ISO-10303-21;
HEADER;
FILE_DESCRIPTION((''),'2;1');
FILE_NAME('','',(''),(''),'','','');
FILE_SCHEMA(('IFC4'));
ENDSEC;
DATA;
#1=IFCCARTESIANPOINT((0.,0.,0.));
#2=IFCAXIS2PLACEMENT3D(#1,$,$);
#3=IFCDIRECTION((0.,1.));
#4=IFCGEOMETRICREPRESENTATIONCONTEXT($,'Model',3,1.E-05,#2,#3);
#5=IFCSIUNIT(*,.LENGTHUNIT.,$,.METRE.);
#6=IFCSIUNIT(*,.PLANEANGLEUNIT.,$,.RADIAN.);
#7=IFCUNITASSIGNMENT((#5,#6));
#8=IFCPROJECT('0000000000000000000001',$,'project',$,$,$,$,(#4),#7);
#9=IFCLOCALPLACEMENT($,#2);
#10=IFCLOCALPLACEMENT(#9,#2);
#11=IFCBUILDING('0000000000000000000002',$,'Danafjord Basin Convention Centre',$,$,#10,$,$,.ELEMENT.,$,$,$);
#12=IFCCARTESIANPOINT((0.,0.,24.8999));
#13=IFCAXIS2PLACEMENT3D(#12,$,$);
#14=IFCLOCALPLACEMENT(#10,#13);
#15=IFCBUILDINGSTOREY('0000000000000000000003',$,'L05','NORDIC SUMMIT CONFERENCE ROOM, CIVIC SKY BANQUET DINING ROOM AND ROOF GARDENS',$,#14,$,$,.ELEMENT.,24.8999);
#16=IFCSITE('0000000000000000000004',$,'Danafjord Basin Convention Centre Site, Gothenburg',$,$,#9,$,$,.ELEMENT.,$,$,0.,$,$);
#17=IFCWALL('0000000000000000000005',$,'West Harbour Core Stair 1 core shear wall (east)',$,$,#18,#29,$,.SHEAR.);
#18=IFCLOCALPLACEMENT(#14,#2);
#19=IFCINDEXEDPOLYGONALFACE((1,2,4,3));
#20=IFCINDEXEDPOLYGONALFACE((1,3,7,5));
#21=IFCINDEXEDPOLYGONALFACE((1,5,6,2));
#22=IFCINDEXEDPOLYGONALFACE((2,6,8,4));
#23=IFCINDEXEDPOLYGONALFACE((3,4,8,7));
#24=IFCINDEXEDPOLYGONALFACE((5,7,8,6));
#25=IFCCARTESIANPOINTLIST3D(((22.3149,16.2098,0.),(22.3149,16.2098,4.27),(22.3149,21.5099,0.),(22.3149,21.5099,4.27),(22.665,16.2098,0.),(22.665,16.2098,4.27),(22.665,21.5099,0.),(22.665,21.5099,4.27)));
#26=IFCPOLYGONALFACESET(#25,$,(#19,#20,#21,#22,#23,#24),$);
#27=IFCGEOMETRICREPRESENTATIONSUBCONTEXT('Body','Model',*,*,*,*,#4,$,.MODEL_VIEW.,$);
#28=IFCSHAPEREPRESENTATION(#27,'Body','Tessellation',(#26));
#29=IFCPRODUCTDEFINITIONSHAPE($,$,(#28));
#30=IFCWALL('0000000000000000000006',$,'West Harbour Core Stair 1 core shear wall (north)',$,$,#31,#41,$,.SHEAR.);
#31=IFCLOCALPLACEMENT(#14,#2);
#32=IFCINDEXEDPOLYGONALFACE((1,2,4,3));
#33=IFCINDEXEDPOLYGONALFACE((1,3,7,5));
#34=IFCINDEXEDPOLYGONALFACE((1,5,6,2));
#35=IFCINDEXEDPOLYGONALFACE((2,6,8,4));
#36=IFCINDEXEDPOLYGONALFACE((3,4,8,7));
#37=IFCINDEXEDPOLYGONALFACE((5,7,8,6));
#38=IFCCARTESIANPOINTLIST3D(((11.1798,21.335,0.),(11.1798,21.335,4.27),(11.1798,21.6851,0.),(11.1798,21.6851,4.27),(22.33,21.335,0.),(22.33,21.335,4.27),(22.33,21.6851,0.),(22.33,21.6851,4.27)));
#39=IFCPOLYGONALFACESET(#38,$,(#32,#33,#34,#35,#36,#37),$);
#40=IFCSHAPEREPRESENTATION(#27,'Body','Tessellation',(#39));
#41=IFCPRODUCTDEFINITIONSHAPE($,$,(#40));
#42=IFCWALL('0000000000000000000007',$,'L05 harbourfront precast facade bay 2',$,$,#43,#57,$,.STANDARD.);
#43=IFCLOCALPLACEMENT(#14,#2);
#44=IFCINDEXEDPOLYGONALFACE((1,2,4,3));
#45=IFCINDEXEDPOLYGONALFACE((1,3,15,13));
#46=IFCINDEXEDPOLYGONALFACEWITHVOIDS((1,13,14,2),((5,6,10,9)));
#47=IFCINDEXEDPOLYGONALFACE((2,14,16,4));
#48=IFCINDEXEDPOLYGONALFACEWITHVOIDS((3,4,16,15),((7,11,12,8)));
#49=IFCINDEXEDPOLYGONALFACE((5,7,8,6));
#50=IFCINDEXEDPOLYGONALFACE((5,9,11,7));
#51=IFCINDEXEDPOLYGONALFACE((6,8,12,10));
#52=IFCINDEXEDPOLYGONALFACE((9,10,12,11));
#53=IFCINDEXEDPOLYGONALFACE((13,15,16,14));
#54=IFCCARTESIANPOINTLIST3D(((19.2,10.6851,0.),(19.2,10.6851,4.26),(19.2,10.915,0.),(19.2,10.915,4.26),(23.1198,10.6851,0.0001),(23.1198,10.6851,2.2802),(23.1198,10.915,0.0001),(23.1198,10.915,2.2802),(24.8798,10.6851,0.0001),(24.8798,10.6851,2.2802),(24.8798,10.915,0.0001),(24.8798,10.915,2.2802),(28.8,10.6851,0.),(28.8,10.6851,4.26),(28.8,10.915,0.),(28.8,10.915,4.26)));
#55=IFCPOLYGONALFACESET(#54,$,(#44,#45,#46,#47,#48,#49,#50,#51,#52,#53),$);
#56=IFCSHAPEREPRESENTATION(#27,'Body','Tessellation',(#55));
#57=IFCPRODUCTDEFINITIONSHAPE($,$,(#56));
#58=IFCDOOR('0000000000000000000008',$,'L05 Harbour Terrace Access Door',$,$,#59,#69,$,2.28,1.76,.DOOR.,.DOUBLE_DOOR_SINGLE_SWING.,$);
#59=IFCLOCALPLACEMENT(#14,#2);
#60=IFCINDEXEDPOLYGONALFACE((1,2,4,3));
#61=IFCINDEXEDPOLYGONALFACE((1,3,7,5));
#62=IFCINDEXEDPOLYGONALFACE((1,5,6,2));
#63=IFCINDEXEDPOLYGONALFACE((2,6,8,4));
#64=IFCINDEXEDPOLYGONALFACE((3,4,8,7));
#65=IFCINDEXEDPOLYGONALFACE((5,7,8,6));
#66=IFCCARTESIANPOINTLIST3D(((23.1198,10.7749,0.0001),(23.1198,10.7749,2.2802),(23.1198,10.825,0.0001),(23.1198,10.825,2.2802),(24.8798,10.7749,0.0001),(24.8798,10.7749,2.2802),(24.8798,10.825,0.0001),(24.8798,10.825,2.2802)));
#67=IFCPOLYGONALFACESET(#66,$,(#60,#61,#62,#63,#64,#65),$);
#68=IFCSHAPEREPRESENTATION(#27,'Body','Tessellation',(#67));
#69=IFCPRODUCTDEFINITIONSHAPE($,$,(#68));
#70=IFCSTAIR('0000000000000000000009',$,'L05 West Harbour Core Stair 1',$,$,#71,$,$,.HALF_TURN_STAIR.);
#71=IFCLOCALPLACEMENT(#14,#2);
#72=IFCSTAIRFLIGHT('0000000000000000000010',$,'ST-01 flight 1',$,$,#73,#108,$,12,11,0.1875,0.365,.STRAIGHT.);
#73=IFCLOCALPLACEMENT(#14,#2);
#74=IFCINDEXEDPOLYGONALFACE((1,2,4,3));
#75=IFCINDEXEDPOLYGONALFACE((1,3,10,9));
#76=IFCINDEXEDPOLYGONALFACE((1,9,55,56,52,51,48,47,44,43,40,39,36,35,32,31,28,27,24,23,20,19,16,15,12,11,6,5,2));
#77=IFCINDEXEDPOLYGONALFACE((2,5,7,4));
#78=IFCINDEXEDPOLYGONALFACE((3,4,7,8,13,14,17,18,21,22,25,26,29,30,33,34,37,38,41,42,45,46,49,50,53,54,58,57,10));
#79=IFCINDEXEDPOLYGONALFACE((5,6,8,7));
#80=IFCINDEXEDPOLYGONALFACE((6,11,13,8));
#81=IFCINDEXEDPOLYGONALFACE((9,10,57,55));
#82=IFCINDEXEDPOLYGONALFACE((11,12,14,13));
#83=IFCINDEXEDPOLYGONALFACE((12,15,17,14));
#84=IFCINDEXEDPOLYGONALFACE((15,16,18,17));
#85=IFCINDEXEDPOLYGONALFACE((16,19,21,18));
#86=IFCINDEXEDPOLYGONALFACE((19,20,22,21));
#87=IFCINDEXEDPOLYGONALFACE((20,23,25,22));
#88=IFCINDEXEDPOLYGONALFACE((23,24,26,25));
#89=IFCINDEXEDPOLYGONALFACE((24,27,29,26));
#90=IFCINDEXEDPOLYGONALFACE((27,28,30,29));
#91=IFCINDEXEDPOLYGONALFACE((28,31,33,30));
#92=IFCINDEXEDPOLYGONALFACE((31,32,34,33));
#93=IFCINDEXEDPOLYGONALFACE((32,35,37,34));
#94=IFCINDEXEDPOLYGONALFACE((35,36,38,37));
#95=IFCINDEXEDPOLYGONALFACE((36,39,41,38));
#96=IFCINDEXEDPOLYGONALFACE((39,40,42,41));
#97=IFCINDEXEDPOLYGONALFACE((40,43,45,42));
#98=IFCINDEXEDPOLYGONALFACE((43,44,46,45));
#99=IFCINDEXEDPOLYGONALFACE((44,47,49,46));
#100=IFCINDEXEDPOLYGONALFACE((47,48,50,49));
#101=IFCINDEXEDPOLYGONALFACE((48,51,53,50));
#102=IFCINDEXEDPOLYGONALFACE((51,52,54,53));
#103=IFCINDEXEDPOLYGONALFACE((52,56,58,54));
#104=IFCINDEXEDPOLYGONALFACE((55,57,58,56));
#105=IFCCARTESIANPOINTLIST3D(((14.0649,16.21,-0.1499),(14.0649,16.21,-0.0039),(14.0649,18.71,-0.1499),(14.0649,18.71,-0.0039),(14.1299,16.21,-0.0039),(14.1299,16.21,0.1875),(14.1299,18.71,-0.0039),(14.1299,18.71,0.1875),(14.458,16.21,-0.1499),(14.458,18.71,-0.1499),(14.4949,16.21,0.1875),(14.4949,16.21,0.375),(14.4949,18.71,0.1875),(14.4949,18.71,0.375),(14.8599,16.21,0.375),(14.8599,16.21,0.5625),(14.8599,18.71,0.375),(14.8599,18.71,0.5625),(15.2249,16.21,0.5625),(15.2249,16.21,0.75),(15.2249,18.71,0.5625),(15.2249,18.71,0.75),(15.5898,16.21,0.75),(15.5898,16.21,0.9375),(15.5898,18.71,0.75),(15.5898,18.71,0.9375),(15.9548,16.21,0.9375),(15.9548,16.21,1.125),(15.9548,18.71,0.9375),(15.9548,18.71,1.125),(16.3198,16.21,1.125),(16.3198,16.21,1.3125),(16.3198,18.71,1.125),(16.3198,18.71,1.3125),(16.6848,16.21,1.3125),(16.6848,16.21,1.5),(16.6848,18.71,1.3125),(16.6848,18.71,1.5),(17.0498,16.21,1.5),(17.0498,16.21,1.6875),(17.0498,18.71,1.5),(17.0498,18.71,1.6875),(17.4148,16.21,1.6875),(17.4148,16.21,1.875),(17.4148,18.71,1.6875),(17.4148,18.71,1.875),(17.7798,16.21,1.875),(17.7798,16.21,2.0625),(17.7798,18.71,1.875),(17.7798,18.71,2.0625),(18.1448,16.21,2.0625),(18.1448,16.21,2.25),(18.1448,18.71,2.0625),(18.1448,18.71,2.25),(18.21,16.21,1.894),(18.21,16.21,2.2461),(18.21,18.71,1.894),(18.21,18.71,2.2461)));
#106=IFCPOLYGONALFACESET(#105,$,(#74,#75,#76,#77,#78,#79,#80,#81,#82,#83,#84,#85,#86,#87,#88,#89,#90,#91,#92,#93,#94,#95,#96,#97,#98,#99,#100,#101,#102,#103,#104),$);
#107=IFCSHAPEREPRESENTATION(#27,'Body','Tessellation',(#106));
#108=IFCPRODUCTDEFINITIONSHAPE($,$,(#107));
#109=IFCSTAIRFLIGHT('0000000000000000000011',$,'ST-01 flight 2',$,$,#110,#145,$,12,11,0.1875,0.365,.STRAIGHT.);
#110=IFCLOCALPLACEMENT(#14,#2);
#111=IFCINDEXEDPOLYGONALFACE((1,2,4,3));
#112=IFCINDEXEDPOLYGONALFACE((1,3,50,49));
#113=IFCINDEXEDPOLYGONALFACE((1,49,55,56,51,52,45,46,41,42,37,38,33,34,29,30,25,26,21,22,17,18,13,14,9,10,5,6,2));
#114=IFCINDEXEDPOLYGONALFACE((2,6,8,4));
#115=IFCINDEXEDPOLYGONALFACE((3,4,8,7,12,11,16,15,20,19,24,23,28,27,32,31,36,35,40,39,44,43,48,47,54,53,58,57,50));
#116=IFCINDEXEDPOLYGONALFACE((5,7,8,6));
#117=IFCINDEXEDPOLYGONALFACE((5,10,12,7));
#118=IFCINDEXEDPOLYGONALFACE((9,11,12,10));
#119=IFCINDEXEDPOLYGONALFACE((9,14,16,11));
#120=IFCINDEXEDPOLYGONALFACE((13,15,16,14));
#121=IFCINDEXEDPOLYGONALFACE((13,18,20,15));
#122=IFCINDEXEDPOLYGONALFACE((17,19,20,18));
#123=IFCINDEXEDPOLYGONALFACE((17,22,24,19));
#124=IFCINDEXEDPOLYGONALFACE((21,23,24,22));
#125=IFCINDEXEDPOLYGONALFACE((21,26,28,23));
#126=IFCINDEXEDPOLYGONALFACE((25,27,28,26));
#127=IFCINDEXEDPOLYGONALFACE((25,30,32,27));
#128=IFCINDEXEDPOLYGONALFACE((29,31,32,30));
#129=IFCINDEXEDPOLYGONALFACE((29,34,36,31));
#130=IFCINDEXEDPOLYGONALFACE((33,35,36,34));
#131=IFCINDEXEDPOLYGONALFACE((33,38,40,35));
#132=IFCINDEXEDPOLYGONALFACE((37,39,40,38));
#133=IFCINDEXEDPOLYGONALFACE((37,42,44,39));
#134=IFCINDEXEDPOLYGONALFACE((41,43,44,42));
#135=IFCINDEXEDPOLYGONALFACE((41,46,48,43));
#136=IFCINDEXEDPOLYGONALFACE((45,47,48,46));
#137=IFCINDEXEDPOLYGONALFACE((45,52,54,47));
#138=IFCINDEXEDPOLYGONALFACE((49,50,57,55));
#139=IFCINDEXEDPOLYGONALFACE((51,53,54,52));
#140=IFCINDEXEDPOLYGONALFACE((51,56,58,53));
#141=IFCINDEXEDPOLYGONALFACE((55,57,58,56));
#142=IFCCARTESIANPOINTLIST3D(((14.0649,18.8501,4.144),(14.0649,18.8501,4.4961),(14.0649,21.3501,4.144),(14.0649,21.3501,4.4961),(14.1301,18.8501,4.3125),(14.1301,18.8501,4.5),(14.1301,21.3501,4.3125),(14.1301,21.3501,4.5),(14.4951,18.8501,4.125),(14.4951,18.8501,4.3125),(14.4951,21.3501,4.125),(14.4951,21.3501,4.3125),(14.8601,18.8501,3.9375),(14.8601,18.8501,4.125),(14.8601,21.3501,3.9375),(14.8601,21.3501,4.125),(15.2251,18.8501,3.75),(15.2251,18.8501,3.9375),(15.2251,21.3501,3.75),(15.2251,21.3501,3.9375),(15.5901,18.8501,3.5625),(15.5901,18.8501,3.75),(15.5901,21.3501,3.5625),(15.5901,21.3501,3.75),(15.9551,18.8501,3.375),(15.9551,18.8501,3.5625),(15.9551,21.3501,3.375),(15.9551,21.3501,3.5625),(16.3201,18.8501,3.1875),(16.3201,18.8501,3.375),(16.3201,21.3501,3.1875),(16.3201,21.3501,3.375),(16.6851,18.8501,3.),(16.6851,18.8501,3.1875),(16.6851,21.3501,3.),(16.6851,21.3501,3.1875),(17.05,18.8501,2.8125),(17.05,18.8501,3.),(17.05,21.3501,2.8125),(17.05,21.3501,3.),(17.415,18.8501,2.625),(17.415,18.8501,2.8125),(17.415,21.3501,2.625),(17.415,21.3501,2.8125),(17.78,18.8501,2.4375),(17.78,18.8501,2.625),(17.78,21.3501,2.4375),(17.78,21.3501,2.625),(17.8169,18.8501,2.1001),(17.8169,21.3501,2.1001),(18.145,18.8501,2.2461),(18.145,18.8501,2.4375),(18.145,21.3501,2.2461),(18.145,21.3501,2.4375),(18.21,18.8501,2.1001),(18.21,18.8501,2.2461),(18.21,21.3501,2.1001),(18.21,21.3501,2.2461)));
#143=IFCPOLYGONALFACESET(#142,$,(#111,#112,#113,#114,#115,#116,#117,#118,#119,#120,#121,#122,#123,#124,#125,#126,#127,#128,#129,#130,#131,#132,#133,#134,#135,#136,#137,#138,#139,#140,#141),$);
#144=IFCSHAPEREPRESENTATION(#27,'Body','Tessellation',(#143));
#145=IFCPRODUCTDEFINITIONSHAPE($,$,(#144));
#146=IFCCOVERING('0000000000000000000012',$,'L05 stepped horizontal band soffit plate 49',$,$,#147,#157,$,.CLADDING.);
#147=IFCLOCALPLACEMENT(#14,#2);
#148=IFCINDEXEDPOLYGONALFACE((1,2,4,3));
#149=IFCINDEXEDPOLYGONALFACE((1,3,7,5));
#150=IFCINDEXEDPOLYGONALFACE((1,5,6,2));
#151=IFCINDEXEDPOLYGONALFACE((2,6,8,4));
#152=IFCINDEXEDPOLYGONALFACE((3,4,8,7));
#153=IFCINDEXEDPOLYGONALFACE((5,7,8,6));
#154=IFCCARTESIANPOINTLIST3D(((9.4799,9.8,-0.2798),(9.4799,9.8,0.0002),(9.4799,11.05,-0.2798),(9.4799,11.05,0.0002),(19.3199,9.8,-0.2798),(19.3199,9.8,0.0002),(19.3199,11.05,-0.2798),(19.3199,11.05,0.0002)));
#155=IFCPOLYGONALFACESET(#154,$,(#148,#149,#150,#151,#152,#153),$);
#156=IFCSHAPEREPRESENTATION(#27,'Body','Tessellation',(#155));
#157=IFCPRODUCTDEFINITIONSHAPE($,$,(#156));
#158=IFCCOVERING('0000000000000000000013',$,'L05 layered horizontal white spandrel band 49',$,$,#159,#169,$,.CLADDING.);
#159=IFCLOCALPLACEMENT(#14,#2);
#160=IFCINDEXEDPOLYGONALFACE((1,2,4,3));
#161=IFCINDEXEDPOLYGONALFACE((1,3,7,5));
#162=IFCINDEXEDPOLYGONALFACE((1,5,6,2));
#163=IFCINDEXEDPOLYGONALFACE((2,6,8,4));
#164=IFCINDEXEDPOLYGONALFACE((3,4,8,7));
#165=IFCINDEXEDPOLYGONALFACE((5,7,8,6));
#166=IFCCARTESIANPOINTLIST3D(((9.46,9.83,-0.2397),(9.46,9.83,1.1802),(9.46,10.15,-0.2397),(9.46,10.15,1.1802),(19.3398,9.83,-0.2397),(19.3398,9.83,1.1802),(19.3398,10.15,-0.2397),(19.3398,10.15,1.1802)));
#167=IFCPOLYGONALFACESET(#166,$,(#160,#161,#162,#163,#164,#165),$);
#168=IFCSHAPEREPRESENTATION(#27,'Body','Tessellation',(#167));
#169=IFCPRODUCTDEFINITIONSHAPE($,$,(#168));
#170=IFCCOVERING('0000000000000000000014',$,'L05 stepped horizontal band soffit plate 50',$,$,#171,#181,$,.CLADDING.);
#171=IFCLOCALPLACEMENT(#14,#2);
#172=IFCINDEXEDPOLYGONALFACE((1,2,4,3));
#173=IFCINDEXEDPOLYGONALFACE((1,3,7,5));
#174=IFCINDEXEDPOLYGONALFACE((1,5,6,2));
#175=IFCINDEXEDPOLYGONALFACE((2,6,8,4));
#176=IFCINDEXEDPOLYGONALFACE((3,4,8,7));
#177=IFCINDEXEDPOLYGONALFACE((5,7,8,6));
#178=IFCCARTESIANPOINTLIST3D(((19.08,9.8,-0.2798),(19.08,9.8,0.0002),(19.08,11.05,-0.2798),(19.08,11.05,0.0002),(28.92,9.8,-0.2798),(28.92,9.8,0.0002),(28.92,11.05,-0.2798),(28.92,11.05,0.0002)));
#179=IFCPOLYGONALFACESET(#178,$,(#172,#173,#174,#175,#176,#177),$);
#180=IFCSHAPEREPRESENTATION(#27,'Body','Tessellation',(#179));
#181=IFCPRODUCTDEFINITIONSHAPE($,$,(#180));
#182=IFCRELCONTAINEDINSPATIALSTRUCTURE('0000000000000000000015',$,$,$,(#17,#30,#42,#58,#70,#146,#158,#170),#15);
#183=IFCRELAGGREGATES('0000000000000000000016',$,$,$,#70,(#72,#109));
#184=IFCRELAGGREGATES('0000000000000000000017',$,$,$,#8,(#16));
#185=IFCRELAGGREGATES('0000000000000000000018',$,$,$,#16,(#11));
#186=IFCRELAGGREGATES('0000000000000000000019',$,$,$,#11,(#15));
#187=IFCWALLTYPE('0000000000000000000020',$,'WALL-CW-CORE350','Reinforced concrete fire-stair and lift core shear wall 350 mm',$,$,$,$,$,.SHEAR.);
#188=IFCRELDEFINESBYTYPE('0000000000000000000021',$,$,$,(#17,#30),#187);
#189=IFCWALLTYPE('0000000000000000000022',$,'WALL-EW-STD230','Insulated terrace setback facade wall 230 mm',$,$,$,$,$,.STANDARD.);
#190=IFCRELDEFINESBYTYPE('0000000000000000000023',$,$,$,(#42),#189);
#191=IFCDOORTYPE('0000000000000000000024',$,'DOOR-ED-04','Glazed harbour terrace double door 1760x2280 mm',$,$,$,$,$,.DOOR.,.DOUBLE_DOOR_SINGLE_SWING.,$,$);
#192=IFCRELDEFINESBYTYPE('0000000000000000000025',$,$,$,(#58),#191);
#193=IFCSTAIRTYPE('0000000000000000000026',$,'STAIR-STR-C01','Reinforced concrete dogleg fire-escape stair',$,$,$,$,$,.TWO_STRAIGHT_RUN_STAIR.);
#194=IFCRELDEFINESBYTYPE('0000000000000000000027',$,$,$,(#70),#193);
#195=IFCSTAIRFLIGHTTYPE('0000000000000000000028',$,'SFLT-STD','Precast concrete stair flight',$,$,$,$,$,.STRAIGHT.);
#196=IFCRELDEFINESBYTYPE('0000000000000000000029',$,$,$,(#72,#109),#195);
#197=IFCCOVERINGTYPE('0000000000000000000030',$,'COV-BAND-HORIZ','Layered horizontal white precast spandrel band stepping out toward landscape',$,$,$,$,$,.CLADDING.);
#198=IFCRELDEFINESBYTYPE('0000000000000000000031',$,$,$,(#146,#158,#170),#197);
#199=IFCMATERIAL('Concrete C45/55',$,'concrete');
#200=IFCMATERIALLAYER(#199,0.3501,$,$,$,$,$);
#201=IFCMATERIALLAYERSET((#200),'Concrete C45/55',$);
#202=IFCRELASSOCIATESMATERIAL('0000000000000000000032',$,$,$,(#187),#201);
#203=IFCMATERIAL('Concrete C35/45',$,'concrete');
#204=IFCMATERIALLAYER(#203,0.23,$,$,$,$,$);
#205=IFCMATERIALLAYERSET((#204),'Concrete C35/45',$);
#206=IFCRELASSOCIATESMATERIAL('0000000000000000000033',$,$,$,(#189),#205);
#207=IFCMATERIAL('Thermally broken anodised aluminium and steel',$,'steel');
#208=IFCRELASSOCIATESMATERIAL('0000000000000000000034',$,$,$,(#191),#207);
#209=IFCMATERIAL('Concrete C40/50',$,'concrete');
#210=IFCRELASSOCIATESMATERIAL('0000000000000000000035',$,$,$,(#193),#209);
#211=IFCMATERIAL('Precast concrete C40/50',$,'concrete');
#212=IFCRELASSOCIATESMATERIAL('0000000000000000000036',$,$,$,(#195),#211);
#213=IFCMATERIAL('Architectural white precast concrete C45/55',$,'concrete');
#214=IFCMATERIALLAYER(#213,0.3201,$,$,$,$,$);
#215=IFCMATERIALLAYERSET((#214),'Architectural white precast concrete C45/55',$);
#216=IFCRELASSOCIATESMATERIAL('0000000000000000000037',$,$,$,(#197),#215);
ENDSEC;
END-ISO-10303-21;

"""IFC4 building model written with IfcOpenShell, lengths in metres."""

from ifc_helpers import new_model, si_unit, direction, frame, frame_2d, origin, origin_2d, place, context, subcontext, project, spatial, polyline, rectangle, outline, extrude, material, layer, layer_set, type_object, element, fill, aggregate, save


model = new_model("IFC4")

# Units and contexts
model_context = context("Model", 3, precision=1e-05, world=origin(), true_north=direction((0.0, 1.0)))
body_context = subcontext(model_context, "Body", "Model", "MODEL_VIEW")
ifc_project = project(units=[si_unit("LENGTHUNIT", "METRE"), si_unit("PLANEANGLEUNIT", "RADIAN")], contexts=[model_context])

# Site, building, storey
site_placement = place(None, origin())
site = spatial("IfcSite", under=ifc_project, at=site_placement, Name="Danafjord Basin Convention Centre Site, Gothenburg", CompositionType="ELEMENT", RefElevation=0.0)
building_placement = place(site_placement, origin())
building = spatial("IfcBuilding", under=site, at=building_placement, Name="Danafjord Basin Convention Centre", CompositionType="ELEMENT")
storey_placement = place(building_placement, frame((0.0, 0.0, 24.8999)))
storey = spatial("IfcBuildingStorey", under=building, at=storey_placement, Name="L05", Description="NORDIC SUMMIT CONFERENCE ROOM, CIVIC SKY BANQUET DINING ROOM AND ROOF GARDENS", CompositionType="ELEMENT", Elevation=24.8999)

# Walls
ifc_material_1 = material(Name="Concrete C40/50", Category="concrete")
ifc_material_2 = material(Name="Concrete C45/55", Category="concrete")
ifc_layer_1 = layer(ifc_material_2, 0.3501)
ifc_layer_set_1 = layer_set([ifc_layer_1], Name="Concrete C45/55")
wall_type_1 = type_object("IfcWallType", Name="WALL-CW-CORE350", Description="Reinforced concrete fire-stair and lift core shear wall 350 mm", PredefinedType="SHEAR", material=ifc_layer_set_1)
wall_1_placement = place(storey_placement, frame((22.49, 16.21, 0.0), z_axis=(0.0, 0.0, 1.0), x_axis=(0.0, 1.0, 0.0)))
element("IfcWall", 1, at=wall_1_placement, inside=storey, type_object=wall_type_1, Name="West Harbour Core Stair 1 core shear wall (east)", PredefinedType="SHEAR", context=body_context, shape_type="SweptSolid", body=[
    extrude(rectangle(XDim=5.3, YDim=0.3501, at=frame_2d((2.6499, 0.0))), origin(), (0.0, 0.0, 1.0), 4.27),
])
wall_2_placement = place(storey_placement, frame((22.3301, 21.51, 0.0), z_axis=(0.0, 0.0, 1.0), x_axis=(-1.0, 0.0, 0.0)))
element("IfcWall", 2, at=wall_2_placement, inside=storey, type_object=wall_type_1, Name="West Harbour Core Stair 1 core shear wall (north)", PredefinedType="SHEAR", context=body_context, shape_type="SweptSolid", body=[
    extrude(rectangle(XDim=11.1501, YDim=0.3501, at=frame_2d((5.5752, 0.0))), origin(), (0.0, 0.0, 1.0), 4.27),
])

# Wall, opening, door
ifc_material_3 = material(Name="Concrete C35/45", Category="concrete")
ifc_layer_2 = layer(ifc_material_3, 0.23)
ifc_layer_set_2 = layer_set([ifc_layer_2], Name="Concrete C35/45")
wall_type_2 = type_object("IfcWallType", Name="WALL-EW-STD230", Description="Insulated terrace setback facade wall 230 mm", PredefinedType="STANDARD", material=ifc_layer_set_2)
wall_3_placement = place(storey_placement, frame((19.2, 10.8, 0.0), z_axis=(0.0, 0.0, 1.0), x_axis=(1.0, 0.0, 0.0)))
wall_3 = element("IfcWall", 3, at=wall_3_placement, inside=storey, type_object=wall_type_2, Name="L05 harbourfront precast facade bay 2", PredefinedType="STANDARD", context=body_context, shape_type="SweptSolid", body=[
    extrude(rectangle(XDim=9.6001, YDim=0.23, at=frame_2d((4.8, 0.0))), origin(), (0.0, 0.0, 1.0), 4.26),
])
opening_placement = place(wall_3_placement, frame((3.9199, 0.0, 0.0)))
opening = element("IfcOpeningElement", 4, at=opening_placement, cuts=wall_3, PredefinedType="OPENING", context=body_context, shape_type="SweptSolid", body=[
    extrude(rectangle(XDim=1.76, YDim=2.28, at=frame_2d((0.8799, 1.1401))), frame((0.0, 0.125, 0.0), z_axis=(0.0, -1.0, 0.0), x_axis=(1.0, 0.0, 0.0)), (0.0, 0.0, 1.0), 0.25),
])
ifc_material_4 = material(Name="Thermally broken anodised aluminium and steel", Category="steel")
door_type = type_object("IfcDoorType", Name="DOOR-ED-04", Description="Glazed harbour terrace double door 1760x2280 mm", OperationType="DOUBLE_DOOR_SINGLE_SWING", PredefinedType="DOOR", material=ifc_material_4)
door_placement = place(opening_placement, origin())
door = element("IfcDoor", 5, at=door_placement, inside=storey, type_object=door_type, Name="L05 Harbour Terrace Access Door", OperationType="DOUBLE_DOOR_SINGLE_SWING", OverallHeight=2.28, OverallWidth=1.76, PredefinedType="DOOR", context=body_context, shape_type="SweptSolid", body=[
    extrude(rectangle(XDim=1.76, YDim=2.28, at=frame_2d((0.8799, 1.1401))), frame((0.0, 0.0249, 0.0), z_axis=(0.0, -1.0, 0.0), x_axis=(1.0, 0.0, 0.0)), (0.0, 0.0, 1.0), 0.05),
])
fill(opening, door)

# Stair, stair flights
stair_type = type_object("IfcStairType", Name="STAIR-STR-C01", Description="Reinforced concrete dogleg fire-escape stair", PredefinedType="TWO_STRAIGHT_RUN_STAIR", material=ifc_material_1)
stair_placement = place(storey_placement, origin())
stair = element("IfcStair", 6, at=stair_placement, inside=storey, type_object=stair_type, Name="L05 West Harbour Core Stair 1", PredefinedType="HALF_TURN_STAIR")
ifc_material_5 = material(Name="Precast concrete C40/50", Category="concrete")
stair_flight_type = type_object("IfcStairFlightType", Name="SFLT-STD", Description="Precast concrete stair flight", PredefinedType="STRAIGHT", material=ifc_material_5)
stair_flight_1_placement = place(storey_placement, frame((14.1299, 17.46, 0.0), z_axis=(0.0, 0.0, 1.0), x_axis=(1.0, 0.0, 0.0)))
stair_flight_1 = element("IfcStairFlight", 7, at=stair_flight_1_placement, type_object=stair_flight_type, Name="ST-01 flight 1", NumberOfRisers=12, NumberOfTreads=11, PredefinedType="STRAIGHT", RiserHeight=0.1875, TreadLength=0.365, context=body_context, shape_type="SweptSolid", body=[
    extrude(outline(polyline([(-0.0649, -0.1499), (-0.0649, -0.0039), (0.0, -0.0039), (0.0, 0.1875), (0.365, 0.1875), (0.365, 0.375), (0.73, 0.375), (0.73, 0.5625), (1.095, 0.5625), (1.095, 0.75), (1.46, 0.75), (1.46, 0.9375), (1.825, 0.9375), (1.825, 1.125), (2.1899, 1.125), (2.1899, 1.3125), (2.5549, 1.3125), (2.5549, 1.5), (2.9199, 1.5), (2.9199, 1.6875), (3.2849, 1.6875), (3.2849, 1.875), (3.6499, 1.875), (3.6499, 2.0625), (4.0149, 2.0625), (4.0149, 2.25), (4.0801, 2.2461), (4.0801, 1.894), (0.3281, -0.1499), (-0.0649, -0.1499)])), frame((0.0, 1.25, 0.0), z_axis=(0.0, -1.0, 0.0), x_axis=(1.0, 0.0, 0.0)), (0.0, 0.0, 1.0), 2.5),
])
stair_flight_2_placement = place(storey_placement, frame((18.145, 20.1001, 2.25), z_axis=(0.0, 0.0, 1.0), x_axis=(-1.0, 0.0, 0.0)))
stair_flight_2 = element("IfcStairFlight", 8, at=stair_flight_2_placement, type_object=stair_flight_type, Name="ST-01 flight 2", NumberOfRisers=12, NumberOfTreads=11, PredefinedType="STRAIGHT", RiserHeight=0.1875, TreadLength=0.365, context=body_context, shape_type="SweptSolid", body=[
    extrude(outline(polyline([(-0.0649, -0.1499), (-0.0649, -0.0039), (0.0, -0.0039), (0.0, 0.1875), (0.365, 0.1875), (0.365, 0.375), (0.73, 0.375), (0.73, 0.5625), (1.095, 0.5625), (1.095, 0.75), (1.46, 0.75), (1.46, 0.9375), (1.825, 0.9375), (1.825, 1.125), (2.1899, 1.125), (2.1899, 1.3125), (2.5549, 1.3125), (2.5549, 1.5), (2.9199, 1.5), (2.9199, 1.6875), (3.2849, 1.6875), (3.2849, 1.875), (3.6499, 1.875), (3.6499, 2.0625), (4.0149, 2.0625), (4.0149, 2.25), (4.0801, 2.2461), (4.0801, 1.894), (0.3281, -0.1499), (-0.0649, -0.1499)])), frame((0.0, 1.25, 0.0), z_axis=(0.0, -1.0, 0.0), x_axis=(1.0, 0.0, 0.0)), (0.0, 0.0, 1.0), 2.5),
])
aggregate(stair, [stair_flight_1, stair_flight_2])

# Coverings
ifc_material_6 = material(Name="Architectural white precast concrete C45/55", Category="concrete")
ifc_layer_3 = layer(ifc_material_6, 0.3201)
ifc_layer_set_3 = layer_set([ifc_layer_3], Name="Architectural white precast concrete C45/55")
covering_type = type_object("IfcCoveringType", Name="COV-BAND-HORIZ", Description="Layered horizontal white precast spandrel band stepping out toward landscape", PredefinedType="CLADDING", material=ifc_layer_set_3)
covering_1_placement = place(storey_placement, frame((14.3999, 10.425, -0.2798), z_axis=(0.0, 0.0, 1.0), x_axis=(1.0, 0.0, 0.0)))
element("IfcCovering", 9, at=covering_1_placement, inside=storey, type_object=covering_type, Name="L05 stepped horizontal band soffit plate 49", PredefinedType="CLADDING", context=body_context, shape_type="SweptSolid", body=[
    extrude(rectangle(XDim=9.8401, YDim=1.25, at=origin_2d()), origin(), (0.0, 0.0, 1.0), 0.28),
])
covering_2_placement = place(storey_placement, frame((14.3999, 9.99, -0.2397), z_axis=(0.0, 0.0, 1.0), x_axis=(1.0, 0.0, 0.0)))
element("IfcCovering", 10, at=covering_2_placement, inside=storey, type_object=covering_type, Name="L05 layered horizontal white spandrel band 49", PredefinedType="CLADDING", context=body_context, shape_type="SweptSolid", body=[
    extrude(rectangle(XDim=9.8799, YDim=0.3201, at=origin_2d()), origin(), (0.0, 0.0, 1.0), 1.4199),
])
covering_3_placement = place(storey_placement, frame((24.0, 10.425, -0.2798), z_axis=(0.0, 0.0, 1.0), x_axis=(1.0, 0.0, 0.0)))
element("IfcCovering", 11, at=covering_3_placement, inside=storey, type_object=covering_type, Name="L05 stepped horizontal band soffit plate 50", PredefinedType="CLADDING", context=body_context, shape_type="SweptSolid", body=[
    extrude(rectangle(XDim=9.8401, YDim=1.25, at=origin_2d()), origin(), (0.0, 0.0, 1.0), 0.28),
])

save(model, "model.ifc")
